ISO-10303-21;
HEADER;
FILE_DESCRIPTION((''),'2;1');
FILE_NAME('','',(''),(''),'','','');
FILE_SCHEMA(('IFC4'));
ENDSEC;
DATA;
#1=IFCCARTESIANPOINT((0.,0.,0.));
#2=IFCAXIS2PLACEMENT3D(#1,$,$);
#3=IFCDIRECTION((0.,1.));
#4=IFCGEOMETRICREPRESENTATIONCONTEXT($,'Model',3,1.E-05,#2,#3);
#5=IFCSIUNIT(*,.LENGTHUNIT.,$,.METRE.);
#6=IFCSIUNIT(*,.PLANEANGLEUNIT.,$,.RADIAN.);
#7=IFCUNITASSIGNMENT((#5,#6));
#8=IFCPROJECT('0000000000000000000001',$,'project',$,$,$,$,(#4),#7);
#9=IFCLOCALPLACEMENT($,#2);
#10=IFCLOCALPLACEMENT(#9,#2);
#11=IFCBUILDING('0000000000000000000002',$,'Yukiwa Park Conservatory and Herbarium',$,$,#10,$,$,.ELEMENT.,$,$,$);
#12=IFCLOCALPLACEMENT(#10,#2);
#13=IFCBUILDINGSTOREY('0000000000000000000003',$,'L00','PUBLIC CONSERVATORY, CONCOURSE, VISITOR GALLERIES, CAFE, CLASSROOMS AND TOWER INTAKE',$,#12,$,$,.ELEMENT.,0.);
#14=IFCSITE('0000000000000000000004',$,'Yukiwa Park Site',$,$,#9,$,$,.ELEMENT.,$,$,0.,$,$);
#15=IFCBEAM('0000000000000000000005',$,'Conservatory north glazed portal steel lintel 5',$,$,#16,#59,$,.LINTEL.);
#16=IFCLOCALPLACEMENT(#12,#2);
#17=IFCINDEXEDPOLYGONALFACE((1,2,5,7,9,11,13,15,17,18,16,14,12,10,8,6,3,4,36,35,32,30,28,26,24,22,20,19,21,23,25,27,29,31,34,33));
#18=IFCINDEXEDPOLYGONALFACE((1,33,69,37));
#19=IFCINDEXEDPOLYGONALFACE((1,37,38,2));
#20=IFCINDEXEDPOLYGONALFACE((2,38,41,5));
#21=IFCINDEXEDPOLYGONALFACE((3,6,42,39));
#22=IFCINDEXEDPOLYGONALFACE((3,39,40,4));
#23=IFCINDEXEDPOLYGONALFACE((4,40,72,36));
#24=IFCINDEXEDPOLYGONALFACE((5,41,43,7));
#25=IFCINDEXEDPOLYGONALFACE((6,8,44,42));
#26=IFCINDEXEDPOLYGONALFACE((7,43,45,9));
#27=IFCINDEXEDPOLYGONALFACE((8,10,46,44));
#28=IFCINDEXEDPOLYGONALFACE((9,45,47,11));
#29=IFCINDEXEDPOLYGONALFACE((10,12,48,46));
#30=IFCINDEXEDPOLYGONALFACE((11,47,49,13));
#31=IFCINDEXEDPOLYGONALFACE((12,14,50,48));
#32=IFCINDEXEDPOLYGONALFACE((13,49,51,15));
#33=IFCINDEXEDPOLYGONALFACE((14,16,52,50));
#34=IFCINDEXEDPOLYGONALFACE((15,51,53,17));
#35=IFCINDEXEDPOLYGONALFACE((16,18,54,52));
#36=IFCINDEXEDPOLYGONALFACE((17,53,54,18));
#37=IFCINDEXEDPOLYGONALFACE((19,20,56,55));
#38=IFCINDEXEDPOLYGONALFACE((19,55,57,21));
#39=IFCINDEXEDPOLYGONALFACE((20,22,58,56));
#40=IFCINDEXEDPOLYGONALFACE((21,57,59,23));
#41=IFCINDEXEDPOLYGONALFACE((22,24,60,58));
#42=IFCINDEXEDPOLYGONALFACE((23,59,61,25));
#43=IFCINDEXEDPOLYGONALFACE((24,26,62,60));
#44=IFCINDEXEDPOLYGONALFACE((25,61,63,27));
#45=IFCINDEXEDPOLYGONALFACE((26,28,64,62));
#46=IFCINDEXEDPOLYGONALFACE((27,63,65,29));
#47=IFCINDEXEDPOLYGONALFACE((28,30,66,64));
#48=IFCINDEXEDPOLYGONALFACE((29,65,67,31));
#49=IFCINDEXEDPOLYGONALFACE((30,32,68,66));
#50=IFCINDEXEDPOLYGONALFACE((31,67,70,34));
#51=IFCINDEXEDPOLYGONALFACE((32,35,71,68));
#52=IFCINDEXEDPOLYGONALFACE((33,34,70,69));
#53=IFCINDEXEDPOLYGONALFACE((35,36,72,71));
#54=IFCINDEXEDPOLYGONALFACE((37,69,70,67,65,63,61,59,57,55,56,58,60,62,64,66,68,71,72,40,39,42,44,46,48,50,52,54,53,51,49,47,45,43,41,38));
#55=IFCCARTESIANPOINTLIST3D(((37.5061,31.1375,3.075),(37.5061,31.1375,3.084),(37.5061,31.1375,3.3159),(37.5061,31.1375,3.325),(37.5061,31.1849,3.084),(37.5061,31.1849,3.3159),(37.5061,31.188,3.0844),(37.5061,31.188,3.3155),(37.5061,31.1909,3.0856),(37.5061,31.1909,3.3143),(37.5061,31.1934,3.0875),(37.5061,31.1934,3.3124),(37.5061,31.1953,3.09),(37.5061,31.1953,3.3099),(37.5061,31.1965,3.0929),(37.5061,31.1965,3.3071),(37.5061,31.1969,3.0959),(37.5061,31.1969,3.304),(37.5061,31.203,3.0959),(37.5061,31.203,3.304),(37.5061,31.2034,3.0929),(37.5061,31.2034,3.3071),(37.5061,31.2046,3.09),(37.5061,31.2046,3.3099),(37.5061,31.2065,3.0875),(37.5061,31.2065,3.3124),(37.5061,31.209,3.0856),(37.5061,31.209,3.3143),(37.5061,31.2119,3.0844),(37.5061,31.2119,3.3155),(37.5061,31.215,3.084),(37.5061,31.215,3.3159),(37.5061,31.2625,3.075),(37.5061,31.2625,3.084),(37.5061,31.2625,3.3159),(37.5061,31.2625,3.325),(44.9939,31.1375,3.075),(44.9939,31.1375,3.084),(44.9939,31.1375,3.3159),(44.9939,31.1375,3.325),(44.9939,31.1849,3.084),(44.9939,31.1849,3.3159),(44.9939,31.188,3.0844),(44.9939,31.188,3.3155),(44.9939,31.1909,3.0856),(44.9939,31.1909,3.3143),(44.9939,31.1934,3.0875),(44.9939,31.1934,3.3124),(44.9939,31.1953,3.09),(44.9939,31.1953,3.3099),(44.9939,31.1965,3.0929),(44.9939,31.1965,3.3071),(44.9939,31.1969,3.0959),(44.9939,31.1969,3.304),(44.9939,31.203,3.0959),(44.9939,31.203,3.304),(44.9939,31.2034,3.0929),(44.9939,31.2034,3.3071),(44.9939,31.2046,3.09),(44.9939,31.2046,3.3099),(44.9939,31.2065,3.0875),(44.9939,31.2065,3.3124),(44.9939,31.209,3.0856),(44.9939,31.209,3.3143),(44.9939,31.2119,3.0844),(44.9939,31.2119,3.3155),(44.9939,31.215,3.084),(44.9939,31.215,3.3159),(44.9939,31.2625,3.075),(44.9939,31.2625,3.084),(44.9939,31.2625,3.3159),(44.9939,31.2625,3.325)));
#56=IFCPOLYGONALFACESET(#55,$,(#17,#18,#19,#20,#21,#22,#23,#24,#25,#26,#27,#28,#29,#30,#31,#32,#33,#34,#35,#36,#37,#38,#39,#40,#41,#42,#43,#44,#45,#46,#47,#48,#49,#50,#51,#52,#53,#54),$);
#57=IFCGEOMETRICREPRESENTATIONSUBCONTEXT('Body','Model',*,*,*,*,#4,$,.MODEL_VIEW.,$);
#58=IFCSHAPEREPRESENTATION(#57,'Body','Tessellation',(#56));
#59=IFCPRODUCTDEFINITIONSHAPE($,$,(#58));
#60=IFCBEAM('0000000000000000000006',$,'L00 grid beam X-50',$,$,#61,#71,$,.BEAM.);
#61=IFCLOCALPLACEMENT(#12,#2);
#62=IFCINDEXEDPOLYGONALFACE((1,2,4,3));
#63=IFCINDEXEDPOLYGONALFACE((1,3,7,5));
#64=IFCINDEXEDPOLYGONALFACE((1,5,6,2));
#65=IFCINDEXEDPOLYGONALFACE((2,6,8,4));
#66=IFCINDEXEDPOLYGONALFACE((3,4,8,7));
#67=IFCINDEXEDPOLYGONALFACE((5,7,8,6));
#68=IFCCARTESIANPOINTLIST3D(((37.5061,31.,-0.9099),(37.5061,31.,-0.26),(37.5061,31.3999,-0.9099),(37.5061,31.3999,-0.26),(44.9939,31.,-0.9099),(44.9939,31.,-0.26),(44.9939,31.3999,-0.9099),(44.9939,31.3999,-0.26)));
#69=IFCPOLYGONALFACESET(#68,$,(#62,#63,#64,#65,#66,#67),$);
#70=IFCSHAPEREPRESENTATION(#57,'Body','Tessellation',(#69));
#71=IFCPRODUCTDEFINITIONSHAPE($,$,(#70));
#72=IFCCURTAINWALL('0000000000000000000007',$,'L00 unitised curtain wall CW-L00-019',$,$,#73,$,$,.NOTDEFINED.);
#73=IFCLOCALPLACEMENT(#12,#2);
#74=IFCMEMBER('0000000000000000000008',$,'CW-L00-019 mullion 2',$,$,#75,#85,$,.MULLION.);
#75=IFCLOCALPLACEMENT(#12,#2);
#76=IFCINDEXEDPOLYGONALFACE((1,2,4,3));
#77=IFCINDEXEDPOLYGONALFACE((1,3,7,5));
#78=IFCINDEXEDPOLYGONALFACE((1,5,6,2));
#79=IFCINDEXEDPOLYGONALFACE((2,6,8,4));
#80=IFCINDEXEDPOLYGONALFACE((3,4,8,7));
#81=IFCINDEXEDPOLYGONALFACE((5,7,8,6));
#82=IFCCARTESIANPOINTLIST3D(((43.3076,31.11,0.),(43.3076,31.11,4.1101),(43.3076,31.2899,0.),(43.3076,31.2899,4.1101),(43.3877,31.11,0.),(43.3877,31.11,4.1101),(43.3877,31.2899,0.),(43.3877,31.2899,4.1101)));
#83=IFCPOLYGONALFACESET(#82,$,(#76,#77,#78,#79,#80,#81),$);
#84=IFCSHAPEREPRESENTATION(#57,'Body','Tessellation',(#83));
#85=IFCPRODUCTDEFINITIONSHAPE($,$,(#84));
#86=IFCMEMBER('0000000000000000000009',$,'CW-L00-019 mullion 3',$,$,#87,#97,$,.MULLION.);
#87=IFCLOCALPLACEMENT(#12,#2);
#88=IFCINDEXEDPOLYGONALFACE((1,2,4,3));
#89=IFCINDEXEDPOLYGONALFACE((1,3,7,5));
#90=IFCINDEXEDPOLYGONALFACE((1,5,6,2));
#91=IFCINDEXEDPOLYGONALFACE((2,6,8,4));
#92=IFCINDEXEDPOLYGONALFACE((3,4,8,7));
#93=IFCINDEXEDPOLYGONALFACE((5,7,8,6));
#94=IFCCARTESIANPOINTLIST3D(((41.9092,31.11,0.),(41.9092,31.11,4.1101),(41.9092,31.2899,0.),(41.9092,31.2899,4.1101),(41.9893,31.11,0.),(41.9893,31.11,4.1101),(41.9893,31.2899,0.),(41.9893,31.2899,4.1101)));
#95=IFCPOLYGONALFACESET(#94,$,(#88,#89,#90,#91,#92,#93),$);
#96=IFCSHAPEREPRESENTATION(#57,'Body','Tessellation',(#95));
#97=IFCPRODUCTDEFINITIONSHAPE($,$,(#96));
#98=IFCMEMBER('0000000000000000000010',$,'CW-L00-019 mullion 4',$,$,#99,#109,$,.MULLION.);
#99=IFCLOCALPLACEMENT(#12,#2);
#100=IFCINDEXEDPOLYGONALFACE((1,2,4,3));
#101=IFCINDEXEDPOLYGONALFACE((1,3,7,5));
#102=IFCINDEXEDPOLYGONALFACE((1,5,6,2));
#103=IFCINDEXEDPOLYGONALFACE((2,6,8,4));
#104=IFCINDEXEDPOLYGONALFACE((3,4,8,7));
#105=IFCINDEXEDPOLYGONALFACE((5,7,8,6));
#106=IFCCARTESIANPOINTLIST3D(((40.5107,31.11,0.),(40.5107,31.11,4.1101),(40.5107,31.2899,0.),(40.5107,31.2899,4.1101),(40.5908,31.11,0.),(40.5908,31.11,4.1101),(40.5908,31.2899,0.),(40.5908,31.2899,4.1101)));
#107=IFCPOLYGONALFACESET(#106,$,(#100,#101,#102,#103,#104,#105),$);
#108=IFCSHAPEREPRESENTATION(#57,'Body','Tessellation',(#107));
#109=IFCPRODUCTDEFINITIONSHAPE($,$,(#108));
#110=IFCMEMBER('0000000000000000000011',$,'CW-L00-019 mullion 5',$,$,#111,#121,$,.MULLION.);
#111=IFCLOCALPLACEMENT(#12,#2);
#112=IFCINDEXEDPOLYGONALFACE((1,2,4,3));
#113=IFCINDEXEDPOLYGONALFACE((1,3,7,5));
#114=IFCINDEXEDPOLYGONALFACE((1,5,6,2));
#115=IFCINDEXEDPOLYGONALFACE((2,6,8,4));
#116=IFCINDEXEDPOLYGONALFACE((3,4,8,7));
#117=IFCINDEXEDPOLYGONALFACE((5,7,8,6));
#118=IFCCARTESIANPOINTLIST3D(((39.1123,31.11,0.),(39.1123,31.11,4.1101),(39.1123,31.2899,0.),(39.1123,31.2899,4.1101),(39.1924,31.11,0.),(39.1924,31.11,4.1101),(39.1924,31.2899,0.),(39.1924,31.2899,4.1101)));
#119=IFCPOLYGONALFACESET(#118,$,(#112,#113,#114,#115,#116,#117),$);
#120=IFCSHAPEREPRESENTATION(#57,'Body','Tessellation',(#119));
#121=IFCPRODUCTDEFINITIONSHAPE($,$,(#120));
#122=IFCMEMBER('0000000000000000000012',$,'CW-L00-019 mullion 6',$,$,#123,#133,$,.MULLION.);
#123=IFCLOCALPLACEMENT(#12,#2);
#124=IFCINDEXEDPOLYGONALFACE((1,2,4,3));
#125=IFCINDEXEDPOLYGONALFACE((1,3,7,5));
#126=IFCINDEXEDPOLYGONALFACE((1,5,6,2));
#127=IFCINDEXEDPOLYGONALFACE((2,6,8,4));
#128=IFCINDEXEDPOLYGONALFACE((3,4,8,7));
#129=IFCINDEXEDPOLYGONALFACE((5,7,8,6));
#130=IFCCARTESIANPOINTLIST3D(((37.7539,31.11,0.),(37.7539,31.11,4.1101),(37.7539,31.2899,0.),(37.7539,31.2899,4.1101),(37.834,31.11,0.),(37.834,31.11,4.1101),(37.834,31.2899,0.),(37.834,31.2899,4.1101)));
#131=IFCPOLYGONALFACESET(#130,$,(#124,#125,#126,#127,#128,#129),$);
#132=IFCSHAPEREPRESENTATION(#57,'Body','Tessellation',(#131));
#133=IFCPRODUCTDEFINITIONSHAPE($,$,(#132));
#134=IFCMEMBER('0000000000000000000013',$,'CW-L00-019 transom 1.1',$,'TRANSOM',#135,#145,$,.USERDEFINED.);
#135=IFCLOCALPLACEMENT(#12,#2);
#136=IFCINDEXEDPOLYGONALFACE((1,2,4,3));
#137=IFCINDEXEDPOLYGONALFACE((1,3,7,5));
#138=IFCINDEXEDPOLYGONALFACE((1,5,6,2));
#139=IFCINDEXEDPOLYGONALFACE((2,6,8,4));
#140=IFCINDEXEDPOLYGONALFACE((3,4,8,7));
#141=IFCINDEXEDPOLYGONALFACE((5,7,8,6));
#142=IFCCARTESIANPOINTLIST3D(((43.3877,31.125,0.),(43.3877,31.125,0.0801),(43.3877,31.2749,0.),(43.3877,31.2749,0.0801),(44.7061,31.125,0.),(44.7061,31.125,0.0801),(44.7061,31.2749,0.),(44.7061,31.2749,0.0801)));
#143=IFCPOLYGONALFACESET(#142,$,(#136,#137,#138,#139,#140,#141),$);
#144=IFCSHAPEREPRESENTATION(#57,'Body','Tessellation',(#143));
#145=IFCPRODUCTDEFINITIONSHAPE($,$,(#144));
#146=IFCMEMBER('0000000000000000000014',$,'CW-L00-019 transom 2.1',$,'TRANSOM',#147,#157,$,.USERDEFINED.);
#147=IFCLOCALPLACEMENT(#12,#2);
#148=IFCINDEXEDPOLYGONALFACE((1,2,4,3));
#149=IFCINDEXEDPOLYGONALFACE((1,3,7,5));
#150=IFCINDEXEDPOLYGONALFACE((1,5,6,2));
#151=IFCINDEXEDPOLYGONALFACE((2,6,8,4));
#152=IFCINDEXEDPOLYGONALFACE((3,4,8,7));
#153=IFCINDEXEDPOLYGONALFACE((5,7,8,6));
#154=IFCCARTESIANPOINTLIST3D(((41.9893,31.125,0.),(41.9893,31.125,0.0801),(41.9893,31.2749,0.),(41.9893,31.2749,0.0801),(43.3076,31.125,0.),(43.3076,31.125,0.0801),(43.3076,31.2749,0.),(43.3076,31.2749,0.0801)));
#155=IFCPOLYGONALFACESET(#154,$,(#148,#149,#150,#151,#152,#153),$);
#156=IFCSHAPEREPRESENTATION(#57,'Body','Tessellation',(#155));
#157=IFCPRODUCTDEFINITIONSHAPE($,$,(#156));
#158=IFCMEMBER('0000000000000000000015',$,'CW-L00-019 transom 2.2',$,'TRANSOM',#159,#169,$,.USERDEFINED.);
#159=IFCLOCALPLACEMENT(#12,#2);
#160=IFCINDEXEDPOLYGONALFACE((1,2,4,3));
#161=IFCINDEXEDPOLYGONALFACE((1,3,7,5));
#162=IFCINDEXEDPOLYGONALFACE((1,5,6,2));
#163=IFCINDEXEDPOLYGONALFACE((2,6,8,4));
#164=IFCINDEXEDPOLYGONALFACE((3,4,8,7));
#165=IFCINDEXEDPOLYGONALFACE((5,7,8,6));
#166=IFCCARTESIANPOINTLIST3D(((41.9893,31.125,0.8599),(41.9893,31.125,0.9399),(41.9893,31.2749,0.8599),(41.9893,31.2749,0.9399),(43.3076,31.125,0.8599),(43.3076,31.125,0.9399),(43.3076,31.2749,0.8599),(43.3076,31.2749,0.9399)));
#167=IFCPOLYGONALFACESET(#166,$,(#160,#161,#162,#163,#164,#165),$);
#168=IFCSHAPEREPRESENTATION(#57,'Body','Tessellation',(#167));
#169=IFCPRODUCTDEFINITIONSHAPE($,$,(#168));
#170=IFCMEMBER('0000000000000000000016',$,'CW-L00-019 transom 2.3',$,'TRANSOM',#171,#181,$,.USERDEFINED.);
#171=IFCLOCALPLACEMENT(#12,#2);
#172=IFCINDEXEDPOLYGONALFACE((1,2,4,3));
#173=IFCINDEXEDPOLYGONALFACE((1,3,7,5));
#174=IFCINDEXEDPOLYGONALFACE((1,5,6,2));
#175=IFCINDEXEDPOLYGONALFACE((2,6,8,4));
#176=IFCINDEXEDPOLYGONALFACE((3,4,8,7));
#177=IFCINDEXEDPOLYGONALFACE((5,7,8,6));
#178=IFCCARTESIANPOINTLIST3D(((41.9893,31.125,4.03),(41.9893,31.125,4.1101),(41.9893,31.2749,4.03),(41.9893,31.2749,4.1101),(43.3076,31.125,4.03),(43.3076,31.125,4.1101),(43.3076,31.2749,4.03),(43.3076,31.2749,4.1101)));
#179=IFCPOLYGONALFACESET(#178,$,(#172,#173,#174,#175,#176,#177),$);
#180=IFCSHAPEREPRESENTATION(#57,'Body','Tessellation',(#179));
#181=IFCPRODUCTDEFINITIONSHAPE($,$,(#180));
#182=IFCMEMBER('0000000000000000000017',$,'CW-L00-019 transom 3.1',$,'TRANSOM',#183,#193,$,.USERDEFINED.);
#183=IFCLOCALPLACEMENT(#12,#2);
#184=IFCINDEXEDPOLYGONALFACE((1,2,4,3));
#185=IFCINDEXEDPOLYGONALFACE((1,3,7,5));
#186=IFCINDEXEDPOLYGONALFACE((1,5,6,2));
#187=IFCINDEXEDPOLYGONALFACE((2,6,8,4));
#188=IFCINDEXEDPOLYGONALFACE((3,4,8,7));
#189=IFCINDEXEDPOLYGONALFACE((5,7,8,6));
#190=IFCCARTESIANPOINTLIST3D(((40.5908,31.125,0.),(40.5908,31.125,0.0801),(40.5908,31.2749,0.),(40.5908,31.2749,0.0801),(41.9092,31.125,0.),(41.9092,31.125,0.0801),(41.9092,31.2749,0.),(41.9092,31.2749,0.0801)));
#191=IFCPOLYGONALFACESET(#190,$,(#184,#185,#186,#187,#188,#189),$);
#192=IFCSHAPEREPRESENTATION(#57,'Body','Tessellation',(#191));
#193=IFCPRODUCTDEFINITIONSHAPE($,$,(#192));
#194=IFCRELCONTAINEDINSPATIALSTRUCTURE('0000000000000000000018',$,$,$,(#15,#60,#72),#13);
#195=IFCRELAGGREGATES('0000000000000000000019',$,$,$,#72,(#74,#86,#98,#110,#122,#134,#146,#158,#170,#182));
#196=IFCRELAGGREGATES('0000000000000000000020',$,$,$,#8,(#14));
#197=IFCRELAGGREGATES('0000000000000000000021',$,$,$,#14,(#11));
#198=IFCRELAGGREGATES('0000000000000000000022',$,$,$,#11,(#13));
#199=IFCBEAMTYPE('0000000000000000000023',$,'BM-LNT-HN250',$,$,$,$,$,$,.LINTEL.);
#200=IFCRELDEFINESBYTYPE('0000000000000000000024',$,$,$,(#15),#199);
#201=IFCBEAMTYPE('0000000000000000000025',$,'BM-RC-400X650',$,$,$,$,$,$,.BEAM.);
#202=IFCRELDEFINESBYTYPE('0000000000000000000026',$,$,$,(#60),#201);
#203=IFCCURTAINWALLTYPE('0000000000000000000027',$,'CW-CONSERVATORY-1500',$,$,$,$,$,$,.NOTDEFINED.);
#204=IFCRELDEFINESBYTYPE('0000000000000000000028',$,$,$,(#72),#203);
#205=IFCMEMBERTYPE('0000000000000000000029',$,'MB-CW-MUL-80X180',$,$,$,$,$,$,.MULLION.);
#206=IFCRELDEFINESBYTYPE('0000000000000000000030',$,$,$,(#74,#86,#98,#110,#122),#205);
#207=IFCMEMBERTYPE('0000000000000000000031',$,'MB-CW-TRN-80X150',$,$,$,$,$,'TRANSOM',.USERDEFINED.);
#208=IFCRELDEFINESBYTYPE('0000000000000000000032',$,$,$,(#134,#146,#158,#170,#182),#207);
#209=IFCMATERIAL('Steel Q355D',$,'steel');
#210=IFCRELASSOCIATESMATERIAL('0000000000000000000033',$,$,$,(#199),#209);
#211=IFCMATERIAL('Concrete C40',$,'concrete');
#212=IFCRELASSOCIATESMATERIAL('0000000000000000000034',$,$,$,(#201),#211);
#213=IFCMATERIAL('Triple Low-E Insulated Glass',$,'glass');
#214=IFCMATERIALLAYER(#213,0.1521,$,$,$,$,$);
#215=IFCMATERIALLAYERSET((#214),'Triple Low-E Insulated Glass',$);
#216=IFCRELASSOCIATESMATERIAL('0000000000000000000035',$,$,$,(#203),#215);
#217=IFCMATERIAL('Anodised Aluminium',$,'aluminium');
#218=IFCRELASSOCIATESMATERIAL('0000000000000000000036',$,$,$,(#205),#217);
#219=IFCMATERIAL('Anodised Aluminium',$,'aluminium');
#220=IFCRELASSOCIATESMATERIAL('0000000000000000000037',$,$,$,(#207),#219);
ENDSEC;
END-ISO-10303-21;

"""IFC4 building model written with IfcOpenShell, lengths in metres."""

from ifc_helpers import new_model, si_unit, direction, frame, origin, origin_2d, place, context, subcontext, project, spatial, rectangle, i_section, extrude, material, layer, layer_set, material_profile, profile_set, type_object, element, aggregate, save


model = new_model("IFC4")

# Units and contexts
model_context = context("Model", 3, precision=1e-05, world=origin(), true_north=direction((0.0, 1.0)))
body_context = subcontext(model_context, "Body", "Model", "MODEL_VIEW")
ifc_project = project(units=[si_unit("LENGTHUNIT", "METRE"), si_unit("PLANEANGLEUNIT", "RADIAN")], contexts=[model_context])

# Site, building, storey
site_placement = place(None, origin())
site = spatial("IfcSite", under=ifc_project, at=site_placement, Name="Yukiwa Park Site", CompositionType="ELEMENT", RefElevation=0.0)
building_placement = place(site_placement, origin())
building = spatial("IfcBuilding", under=site, at=building_placement, Name="Yukiwa Park Conservatory and Herbarium", CompositionType="ELEMENT")
storey_placement = place(building_placement, origin())
storey = spatial("IfcBuildingStorey", under=building, at=storey_placement, Name="L00", Description="PUBLIC CONSERVATORY, CONCOURSE, VISITOR GALLERIES, CAFE, CLASSROOMS AND TOWER INTAKE", CompositionType="ELEMENT", Elevation=0.0)

# Beams
ifc_material_1 = material(Name="Steel Q355D", Category="steel")
ifc_material_profile_1 = material_profile(ifc_material_1, i_section(OverallWidth=0.125, OverallDepth=0.25, WebThickness=0.0061, FlangeThickness=0.009, FilletRadius=0.012, at=origin_2d()), Name="HN 250x125x6x9")
ifc_profile_set_1 = profile_set([ifc_material_profile_1], Name="Steel Q355D")
beam_type_1 = type_object("IfcBeamType", Name="BM-LNT-HN250", PredefinedType="LINTEL", material=ifc_profile_set_1)
beam_1_placement = place(storey_placement, frame((37.5061, 31.2, 3.2), z_axis=(1.0, 0.0, 0.0), x_axis=(0.0, 1.0, 0.0)))
element("IfcBeam", 1, at=beam_1_placement, inside=storey, type_object=beam_type_1, Name="Conservatory north glazed portal steel lintel 5", PredefinedType="LINTEL", context=body_context, shape_type="SweptSolid", body=[
    extrude(i_section(OverallWidth=0.125, OverallDepth=0.25, WebThickness=0.0061, FlangeThickness=0.009, FilletRadius=0.012, at=origin_2d()), origin(), (0.0, 0.0, 1.0), 7.4878),
])
ifc_material_2 = material(Name="Concrete C40", Category="concrete")
ifc_material_profile_2 = material_profile(ifc_material_2, rectangle(XDim=0.3999, YDim=0.6499, at=origin_2d()), Name="RC 400x650")
ifc_profile_set_2 = profile_set([ifc_material_profile_2], Name="Concrete C40")
beam_type_2 = type_object("IfcBeamType", Name="BM-RC-400X650", PredefinedType="BEAM", material=ifc_profile_set_2)
beam_2_placement = place(storey_placement, frame((37.5061, 31.2, -0.585), z_axis=(1.0, 0.0, 0.0), x_axis=(0.0, 1.0, 0.0)))
element("IfcBeam", 2, at=beam_2_placement, inside=storey, type_object=beam_type_2, Name="L00 grid beam X-50", PredefinedType="BEAM", context=body_context, shape_type="SweptSolid", body=[
    extrude(rectangle(XDim=0.3999, YDim=0.6499, at=origin_2d()), origin(), (0.0, 0.0, 1.0), 7.4878),
])

# Curtain wall, members
ifc_material_3 = material(Name="Triple Low-E Insulated Glass", Category="glass")
ifc_layer_1 = layer(ifc_material_3, 0.1521)
ifc_layer_set_1 = layer_set([ifc_layer_1], Name="Triple Low-E Insulated Glass")
curtain_wall_type = type_object("IfcCurtainWallType", Name="CW-CONSERVATORY-1500", PredefinedType="NOTDEFINED", material=ifc_layer_set_1)
curtain_wall_placement = place(storey_placement, origin())
curtain_wall = element("IfcCurtainWall", 3, at=curtain_wall_placement, inside=storey, type_object=curtain_wall_type, Name="L00 unitised curtain wall CW-L00-019", PredefinedType="NOTDEFINED")
ifc_material_4 = material(Name="Anodised Aluminium", Category="aluminium")
member_type_1 = type_object("IfcMemberType", Name="MB-CW-MUL-80X180", PredefinedType="MULLION", material=ifc_material_4)
member_1_placement = place(storey_placement, frame((43.3477, 31.2, 0.0), z_axis=(0.0, 0.0, 1.0), x_axis=(-1.0, 0.0, 0.0)))
member_1 = element("IfcMember", 4, at=member_1_placement, type_object=member_type_1, Name="CW-L00-019 mullion 2", PredefinedType="MULLION", context=body_context, shape_type="SweptSolid", body=[
    extrude(rectangle(XDim=0.0801, YDim=0.1799, at=origin_2d()), origin(), (0.0, 0.0, 1.0), 4.1101),
])
member_2_placement = place(storey_placement, frame((41.9492, 31.2, 0.0), z_axis=(0.0, 0.0, 1.0), x_axis=(-1.0, 0.0, 0.0)))
member_2 = element("IfcMember", 5, at=member_2_placement, type_object=member_type_1, Name="CW-L00-019 mullion 3", PredefinedType="MULLION", context=body_context, shape_type="SweptSolid", body=[
    extrude(rectangle(XDim=0.0801, YDim=0.1799, at=origin_2d()), origin(), (0.0, 0.0, 1.0), 4.1101),
])
member_3_placement = place(storey_placement, frame((40.5508, 31.2, 0.0), z_axis=(0.0, 0.0, 1.0), x_axis=(-1.0, 0.0, 0.0)))
member_3 = element("IfcMember", 6, at=member_3_placement, type_object=member_type_1, Name="CW-L00-019 mullion 4", PredefinedType="MULLION", context=body_context, shape_type="SweptSolid", body=[
    extrude(rectangle(XDim=0.0801, YDim=0.1799, at=origin_2d()), origin(), (0.0, 0.0, 1.0), 4.1101),
])
member_4_placement = place(storey_placement, frame((39.1523, 31.2, 0.0), z_axis=(0.0, 0.0, 1.0), x_axis=(-1.0, 0.0, 0.0)))
member_4 = element("IfcMember", 7, at=member_4_placement, type_object=member_type_1, Name="CW-L00-019 mullion 5", PredefinedType="MULLION", context=body_context, shape_type="SweptSolid", body=[
    extrude(rectangle(XDim=0.0801, YDim=0.1799, at=origin_2d()), origin(), (0.0, 0.0, 1.0), 4.1101),
])
member_5_placement = place(storey_placement, frame((37.7939, 31.2, 0.0), z_axis=(0.0, 0.0, 1.0), x_axis=(-1.0, 0.0, 0.0)))
member_5 = element("IfcMember", 8, at=member_5_placement, type_object=member_type_1, Name="CW-L00-019 mullion 6", PredefinedType="MULLION", context=body_context, shape_type="SweptSolid", body=[
    extrude(rectangle(XDim=0.0801, YDim=0.1799, at=origin_2d()), origin(), (0.0, 0.0, 1.0), 4.1101),
])
ifc_material_5 = material(Name="Anodised Aluminium", Category="aluminium")
member_type_2 = type_object("IfcMemberType", Name="MB-CW-TRN-80X150", ElementType="TRANSOM", PredefinedType="USERDEFINED", material=ifc_material_5)
member_6_placement = place(storey_placement, frame((44.0469, 31.2, 0.0), z_axis=(0.0, 0.0, 1.0), x_axis=(-1.0, 0.0, 0.0)))
member_6 = element("IfcMember", 9, at=member_6_placement, type_object=member_type_2, Name="CW-L00-019 transom 1.1", ObjectType="TRANSOM", PredefinedType="USERDEFINED", context=body_context, shape_type="SweptSolid", body=[
    extrude(rectangle(XDim=1.3184, YDim=0.1499, at=origin_2d()), origin(), (0.0, 0.0, 1.0), 0.0801),
])
member_7_placement = place(storey_placement, frame((42.6484, 31.2, 0.0), z_axis=(0.0, 0.0, 1.0), x_axis=(-1.0, 0.0, 0.0)))
member_7 = element("IfcMember", 10, at=member_7_placement, type_object=member_type_2, Name="CW-L00-019 transom 2.1", ObjectType="TRANSOM", PredefinedType="USERDEFINED", context=body_context, shape_type="SweptSolid", body=[
    extrude(rectangle(XDim=1.3184, YDim=0.1499, at=origin_2d()), origin(), (0.0, 0.0, 1.0), 0.0801),
])
member_8_placement = place(storey_placement, frame((42.6484, 31.2, 0.8599), z_axis=(0.0, 0.0, 1.0), x_axis=(-1.0, 0.0, 0.0)))
member_8 = element("IfcMember", 11, at=member_8_placement, type_object=member_type_2, Name="CW-L00-019 transom 2.2", ObjectType="TRANSOM", PredefinedType="USERDEFINED", context=body_context, shape_type="SweptSolid", body=[
    extrude(rectangle(XDim=1.3184, YDim=0.1499, at=origin_2d()), origin(), (0.0, 0.0, 1.0), 0.0801),
])
member_9_placement = place(storey_placement, frame((42.6484, 31.2, 4.03), z_axis=(0.0, 0.0, 1.0), x_axis=(-1.0, 0.0, 0.0)))
member_9 = element("IfcMember", 12, at=member_9_placement, type_object=member_type_2, Name="CW-L00-019 transom 2.3", ObjectType="TRANSOM", PredefinedType="USERDEFINED", context=body_context, shape_type="SweptSolid", body=[
    extrude(rectangle(XDim=1.3184, YDim=0.1499, at=origin_2d()), origin(), (0.0, 0.0, 1.0), 0.0801),
])
member_10_placement = place(storey_placement, frame((41.25, 31.2, 0.0), z_axis=(0.0, 0.0, 1.0), x_axis=(-1.0, 0.0, 0.0)))
member_10 = element("IfcMember", 13, at=member_10_placement, type_object=member_type_2, Name="CW-L00-019 transom 3.1", ObjectType="TRANSOM", PredefinedType="USERDEFINED", context=body_context, shape_type="SweptSolid", body=[
    extrude(rectangle(XDim=1.3184, YDim=0.1499, at=origin_2d()), origin(), (0.0, 0.0, 1.0), 0.0801),
])
aggregate(curtain_wall, [member_1, member_2, member_3, member_4, member_5, member_6, member_7, member_8, member_9, member_10])

save(model, "model.ifc")
